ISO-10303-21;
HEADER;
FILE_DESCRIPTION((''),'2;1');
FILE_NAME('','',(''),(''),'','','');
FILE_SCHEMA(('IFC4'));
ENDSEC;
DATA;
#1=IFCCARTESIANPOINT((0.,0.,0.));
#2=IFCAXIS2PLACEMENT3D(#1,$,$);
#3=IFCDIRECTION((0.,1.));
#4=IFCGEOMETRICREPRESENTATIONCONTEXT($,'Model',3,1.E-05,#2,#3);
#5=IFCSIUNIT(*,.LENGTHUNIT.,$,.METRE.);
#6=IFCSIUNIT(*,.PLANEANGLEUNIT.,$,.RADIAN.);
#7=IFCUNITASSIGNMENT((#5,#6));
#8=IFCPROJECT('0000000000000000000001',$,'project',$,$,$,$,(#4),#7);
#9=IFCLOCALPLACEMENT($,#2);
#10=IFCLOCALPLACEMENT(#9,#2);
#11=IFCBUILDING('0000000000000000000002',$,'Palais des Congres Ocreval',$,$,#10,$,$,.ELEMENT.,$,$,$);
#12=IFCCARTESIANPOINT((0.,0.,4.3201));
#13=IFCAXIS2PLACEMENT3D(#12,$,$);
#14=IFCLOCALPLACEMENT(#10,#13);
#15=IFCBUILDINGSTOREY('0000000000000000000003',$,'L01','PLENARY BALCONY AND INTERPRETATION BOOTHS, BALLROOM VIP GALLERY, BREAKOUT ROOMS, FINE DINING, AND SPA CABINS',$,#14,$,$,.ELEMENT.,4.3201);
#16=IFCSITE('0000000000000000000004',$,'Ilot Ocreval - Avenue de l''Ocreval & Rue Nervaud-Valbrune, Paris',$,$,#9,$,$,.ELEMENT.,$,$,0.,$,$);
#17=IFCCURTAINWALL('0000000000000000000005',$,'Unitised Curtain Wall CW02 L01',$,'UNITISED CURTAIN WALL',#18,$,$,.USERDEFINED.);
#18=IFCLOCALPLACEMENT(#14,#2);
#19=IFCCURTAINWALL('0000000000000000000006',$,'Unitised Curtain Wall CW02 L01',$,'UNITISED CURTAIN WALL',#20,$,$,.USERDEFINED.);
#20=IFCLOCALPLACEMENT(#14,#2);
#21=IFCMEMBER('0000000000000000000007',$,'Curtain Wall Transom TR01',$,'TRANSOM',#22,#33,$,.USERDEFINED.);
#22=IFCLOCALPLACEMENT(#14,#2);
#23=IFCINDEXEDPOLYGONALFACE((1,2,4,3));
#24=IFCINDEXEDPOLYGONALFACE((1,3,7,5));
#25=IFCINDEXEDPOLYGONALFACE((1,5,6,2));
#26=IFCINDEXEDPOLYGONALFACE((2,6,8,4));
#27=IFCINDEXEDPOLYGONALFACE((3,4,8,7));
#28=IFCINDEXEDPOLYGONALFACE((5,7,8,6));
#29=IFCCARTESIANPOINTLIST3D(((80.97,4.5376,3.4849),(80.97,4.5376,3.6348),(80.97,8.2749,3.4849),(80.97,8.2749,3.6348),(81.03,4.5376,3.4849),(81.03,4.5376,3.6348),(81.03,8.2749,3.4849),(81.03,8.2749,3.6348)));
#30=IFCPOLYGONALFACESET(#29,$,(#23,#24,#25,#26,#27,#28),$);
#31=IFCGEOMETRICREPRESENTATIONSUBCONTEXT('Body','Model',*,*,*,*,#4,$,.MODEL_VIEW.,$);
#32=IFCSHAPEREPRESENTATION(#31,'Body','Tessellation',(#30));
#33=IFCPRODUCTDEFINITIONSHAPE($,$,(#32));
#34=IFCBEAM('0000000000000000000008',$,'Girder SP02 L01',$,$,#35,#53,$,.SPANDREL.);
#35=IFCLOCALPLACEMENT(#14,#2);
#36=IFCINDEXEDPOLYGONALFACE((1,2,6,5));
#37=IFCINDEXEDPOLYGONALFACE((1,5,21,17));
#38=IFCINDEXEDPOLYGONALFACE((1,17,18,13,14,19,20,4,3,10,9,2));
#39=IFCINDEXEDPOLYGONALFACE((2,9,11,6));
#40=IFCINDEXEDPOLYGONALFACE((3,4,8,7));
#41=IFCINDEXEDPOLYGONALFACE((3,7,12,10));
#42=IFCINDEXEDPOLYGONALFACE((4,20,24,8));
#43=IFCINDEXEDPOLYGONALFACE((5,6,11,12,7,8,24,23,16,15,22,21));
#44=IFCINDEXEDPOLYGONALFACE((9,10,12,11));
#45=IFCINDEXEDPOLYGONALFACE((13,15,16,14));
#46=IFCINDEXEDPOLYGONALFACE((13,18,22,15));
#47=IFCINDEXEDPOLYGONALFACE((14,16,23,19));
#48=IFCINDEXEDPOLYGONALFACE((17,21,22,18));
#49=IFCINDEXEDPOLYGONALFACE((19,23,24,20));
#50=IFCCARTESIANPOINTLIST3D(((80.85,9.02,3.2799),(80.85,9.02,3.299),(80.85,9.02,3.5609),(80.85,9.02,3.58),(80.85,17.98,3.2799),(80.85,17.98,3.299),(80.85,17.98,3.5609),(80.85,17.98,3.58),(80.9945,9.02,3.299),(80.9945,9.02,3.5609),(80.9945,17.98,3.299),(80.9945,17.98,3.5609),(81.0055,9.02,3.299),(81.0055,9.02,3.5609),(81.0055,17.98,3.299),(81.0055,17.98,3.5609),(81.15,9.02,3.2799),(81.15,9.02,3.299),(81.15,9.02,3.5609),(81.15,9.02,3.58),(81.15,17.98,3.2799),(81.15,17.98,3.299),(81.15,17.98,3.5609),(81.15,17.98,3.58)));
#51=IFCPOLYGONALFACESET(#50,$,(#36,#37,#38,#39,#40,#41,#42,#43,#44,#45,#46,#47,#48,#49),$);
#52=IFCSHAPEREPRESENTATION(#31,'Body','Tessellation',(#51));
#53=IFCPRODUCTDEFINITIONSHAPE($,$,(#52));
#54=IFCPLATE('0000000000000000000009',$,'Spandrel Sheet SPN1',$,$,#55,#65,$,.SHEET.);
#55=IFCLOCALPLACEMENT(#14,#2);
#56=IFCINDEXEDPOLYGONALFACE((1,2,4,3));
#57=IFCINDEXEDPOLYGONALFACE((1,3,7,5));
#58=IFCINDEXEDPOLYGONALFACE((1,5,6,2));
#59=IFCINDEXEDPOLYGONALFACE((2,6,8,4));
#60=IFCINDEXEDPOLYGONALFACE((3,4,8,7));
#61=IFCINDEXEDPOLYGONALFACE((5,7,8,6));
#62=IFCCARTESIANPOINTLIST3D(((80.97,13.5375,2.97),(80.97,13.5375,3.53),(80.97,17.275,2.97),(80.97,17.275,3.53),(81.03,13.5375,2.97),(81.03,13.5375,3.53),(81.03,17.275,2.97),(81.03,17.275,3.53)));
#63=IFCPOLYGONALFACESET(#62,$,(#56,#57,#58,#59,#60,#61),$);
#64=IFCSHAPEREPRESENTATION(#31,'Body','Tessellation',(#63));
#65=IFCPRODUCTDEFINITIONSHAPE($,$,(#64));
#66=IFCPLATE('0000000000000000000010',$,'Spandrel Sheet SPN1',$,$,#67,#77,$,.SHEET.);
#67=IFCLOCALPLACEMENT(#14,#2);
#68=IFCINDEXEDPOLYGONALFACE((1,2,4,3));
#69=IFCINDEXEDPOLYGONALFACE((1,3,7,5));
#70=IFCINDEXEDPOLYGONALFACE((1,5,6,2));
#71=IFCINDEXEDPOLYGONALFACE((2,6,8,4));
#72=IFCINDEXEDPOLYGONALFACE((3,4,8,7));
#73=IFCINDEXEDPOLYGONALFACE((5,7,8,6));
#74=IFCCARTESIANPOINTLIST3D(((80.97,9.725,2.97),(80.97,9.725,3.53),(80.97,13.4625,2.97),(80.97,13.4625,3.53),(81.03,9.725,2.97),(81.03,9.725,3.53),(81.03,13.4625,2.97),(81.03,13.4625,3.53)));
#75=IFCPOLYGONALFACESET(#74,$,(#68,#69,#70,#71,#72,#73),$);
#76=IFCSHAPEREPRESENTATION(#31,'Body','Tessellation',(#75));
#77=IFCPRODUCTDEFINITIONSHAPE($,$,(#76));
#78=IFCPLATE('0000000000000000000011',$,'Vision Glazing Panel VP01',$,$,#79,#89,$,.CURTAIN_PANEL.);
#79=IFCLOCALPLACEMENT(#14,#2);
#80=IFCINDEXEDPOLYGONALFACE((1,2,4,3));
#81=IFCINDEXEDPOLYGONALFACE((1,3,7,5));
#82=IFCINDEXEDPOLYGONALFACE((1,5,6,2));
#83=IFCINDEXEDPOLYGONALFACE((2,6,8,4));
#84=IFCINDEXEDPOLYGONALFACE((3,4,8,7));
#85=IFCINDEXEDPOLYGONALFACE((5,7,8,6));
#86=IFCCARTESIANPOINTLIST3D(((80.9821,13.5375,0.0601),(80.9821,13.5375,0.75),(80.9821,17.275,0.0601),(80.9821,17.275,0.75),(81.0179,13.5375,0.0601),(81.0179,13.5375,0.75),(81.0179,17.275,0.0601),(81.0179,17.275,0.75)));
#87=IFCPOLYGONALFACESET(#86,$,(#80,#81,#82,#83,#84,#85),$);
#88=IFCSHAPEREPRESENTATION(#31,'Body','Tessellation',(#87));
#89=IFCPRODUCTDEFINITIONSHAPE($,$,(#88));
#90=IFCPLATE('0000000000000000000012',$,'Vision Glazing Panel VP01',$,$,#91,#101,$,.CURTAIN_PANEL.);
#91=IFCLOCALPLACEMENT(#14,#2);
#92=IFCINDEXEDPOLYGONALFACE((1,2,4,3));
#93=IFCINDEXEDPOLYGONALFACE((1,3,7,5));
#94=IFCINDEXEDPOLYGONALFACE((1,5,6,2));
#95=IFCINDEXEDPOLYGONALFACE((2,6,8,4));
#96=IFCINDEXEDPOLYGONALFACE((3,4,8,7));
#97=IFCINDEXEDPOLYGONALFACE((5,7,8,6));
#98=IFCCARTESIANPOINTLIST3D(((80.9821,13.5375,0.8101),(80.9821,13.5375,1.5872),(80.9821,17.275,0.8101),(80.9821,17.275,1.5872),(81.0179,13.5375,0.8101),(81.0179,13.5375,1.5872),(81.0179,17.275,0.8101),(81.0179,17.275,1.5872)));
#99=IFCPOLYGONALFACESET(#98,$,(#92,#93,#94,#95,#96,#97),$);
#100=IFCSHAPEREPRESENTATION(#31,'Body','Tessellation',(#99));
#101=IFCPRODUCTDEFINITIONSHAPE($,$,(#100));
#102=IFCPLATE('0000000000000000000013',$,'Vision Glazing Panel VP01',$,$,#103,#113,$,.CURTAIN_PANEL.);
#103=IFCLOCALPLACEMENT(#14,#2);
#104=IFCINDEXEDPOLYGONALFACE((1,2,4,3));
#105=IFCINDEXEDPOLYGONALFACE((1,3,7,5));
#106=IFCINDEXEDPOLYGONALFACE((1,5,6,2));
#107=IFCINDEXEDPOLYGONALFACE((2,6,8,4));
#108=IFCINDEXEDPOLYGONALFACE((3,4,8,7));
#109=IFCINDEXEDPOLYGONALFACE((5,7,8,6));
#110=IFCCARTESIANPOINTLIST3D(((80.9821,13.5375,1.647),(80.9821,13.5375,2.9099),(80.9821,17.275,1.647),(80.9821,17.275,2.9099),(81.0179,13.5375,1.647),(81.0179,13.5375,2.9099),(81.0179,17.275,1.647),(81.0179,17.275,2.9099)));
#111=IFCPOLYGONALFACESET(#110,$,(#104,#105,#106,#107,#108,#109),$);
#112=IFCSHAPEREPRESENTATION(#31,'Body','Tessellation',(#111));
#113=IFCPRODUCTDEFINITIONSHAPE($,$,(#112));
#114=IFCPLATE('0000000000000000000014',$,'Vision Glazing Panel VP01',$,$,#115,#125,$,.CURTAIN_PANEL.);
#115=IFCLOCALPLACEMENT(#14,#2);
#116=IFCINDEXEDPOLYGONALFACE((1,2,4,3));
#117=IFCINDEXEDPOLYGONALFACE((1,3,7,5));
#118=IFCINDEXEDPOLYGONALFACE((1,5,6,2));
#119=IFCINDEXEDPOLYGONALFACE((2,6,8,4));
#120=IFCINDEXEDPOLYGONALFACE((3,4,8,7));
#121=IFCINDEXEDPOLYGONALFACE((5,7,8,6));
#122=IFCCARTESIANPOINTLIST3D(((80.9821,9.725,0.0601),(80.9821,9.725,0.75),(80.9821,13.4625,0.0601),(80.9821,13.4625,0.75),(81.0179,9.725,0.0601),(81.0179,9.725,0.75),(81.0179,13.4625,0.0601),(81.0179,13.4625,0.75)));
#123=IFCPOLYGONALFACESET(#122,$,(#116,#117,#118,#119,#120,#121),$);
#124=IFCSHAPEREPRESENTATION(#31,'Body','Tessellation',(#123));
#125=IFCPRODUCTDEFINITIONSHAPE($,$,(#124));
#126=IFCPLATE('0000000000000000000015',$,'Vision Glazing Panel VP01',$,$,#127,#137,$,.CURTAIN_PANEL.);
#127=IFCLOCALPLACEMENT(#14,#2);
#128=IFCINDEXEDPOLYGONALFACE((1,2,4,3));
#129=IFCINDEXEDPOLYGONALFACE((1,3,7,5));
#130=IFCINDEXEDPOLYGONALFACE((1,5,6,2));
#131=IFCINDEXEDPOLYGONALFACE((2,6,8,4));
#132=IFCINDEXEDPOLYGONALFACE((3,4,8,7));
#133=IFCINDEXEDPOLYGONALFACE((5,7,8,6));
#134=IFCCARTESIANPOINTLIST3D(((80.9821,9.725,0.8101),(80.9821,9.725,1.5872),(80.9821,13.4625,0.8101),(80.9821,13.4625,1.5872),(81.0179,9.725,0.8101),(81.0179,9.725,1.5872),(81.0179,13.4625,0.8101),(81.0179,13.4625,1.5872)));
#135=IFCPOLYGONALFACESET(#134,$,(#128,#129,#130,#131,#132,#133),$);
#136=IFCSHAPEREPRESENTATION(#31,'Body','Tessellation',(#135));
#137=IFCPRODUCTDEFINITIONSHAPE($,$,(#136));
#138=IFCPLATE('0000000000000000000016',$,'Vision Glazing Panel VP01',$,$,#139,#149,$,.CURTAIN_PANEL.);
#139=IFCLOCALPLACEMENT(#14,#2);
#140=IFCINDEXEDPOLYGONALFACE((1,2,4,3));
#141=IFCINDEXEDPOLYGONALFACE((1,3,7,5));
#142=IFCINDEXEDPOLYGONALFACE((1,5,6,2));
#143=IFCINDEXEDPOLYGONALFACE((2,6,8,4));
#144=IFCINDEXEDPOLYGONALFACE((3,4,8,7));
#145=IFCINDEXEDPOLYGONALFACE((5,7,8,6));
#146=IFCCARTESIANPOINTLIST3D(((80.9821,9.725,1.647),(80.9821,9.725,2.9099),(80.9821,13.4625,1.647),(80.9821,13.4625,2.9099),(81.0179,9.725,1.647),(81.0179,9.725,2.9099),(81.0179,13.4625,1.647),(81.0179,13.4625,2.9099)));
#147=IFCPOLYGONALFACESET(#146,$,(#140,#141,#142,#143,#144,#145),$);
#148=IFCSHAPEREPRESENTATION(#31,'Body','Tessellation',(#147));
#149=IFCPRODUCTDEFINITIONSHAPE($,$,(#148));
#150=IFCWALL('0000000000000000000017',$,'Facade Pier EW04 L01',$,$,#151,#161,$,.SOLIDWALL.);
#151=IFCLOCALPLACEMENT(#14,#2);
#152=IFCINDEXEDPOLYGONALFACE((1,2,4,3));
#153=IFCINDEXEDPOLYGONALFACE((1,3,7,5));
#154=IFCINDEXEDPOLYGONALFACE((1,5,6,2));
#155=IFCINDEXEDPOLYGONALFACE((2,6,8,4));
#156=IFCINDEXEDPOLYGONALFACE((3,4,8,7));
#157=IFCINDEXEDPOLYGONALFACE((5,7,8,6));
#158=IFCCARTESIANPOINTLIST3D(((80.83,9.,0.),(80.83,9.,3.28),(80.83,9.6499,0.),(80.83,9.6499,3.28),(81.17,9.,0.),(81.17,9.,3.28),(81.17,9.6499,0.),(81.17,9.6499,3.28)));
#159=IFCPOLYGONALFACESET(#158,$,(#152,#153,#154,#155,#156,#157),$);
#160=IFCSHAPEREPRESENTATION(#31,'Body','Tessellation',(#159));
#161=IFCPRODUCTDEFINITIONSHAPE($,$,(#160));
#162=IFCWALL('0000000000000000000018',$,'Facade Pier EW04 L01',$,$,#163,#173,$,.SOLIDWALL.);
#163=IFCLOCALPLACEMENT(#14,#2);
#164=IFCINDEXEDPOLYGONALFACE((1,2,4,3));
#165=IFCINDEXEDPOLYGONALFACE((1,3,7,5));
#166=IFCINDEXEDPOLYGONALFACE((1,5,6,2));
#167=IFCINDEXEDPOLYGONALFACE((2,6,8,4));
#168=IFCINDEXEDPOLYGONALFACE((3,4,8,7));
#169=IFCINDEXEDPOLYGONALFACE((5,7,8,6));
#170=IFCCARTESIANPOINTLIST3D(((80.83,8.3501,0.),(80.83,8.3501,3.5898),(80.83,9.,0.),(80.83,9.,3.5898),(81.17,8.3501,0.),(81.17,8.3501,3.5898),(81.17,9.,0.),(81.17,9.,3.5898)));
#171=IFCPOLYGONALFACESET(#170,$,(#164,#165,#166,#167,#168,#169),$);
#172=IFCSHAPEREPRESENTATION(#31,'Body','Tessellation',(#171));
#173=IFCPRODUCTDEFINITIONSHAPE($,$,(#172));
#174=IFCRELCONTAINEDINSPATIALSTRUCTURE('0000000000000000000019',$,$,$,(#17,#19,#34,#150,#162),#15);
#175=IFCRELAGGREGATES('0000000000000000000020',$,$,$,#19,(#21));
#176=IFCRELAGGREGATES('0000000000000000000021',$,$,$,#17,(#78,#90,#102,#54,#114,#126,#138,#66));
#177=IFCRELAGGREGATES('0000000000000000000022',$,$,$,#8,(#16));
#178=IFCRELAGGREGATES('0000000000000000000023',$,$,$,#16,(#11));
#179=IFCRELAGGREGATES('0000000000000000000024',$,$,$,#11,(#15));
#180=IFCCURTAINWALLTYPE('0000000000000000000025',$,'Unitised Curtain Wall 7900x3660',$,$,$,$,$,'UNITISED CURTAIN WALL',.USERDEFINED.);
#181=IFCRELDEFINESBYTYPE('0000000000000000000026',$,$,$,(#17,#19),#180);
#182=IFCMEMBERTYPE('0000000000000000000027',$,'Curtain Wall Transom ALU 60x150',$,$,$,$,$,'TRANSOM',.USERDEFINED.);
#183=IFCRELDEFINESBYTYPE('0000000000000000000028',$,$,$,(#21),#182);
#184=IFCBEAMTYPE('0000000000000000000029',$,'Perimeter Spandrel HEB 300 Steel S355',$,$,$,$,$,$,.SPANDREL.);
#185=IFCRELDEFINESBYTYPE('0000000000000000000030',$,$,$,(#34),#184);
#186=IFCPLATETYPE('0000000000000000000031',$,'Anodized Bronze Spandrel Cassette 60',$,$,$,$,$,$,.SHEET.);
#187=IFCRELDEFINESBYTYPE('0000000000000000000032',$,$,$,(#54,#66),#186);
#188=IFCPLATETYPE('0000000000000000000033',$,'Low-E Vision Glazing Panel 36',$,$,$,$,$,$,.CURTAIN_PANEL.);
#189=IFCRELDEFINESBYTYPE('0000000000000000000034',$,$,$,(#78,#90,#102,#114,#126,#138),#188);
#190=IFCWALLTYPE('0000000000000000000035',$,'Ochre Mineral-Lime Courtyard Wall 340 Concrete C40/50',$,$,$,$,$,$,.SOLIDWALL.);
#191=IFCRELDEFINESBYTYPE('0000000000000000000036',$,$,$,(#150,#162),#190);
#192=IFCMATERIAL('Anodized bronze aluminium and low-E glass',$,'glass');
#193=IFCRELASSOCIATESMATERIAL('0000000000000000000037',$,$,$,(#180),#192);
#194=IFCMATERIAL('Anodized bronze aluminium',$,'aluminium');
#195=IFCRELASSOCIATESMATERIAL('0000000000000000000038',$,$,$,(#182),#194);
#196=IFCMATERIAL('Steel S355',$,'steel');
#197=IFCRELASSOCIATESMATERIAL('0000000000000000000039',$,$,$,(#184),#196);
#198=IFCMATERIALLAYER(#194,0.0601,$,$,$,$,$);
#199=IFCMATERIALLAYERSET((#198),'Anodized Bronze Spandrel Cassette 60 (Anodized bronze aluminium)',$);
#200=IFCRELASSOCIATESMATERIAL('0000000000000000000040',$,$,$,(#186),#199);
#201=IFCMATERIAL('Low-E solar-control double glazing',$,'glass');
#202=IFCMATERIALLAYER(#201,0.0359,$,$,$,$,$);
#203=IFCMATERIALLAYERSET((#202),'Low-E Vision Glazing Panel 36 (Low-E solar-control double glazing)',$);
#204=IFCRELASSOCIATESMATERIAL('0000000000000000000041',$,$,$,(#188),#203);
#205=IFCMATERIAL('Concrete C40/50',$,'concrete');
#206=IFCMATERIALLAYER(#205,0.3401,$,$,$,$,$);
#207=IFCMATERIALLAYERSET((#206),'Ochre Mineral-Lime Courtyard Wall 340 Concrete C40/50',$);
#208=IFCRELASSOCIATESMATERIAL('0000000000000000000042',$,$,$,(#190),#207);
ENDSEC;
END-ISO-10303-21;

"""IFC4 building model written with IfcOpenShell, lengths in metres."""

from ifc_helpers import new_model, si_unit, direction, frame, frame_2d, origin, origin_2d, place, context, subcontext, project, spatial, rectangle, i_section, extrude, material, layer, layer_set, material_profile, profile_set, type_object, element, aggregate, save


model = new_model("IFC4")

# Units and contexts
model_context = context("Model", 3, precision=1e-05, world=origin(), true_north=direction((0.0, 1.0)))
body_context = subcontext(model_context, "Body", "Model", "MODEL_VIEW")
ifc_project = project(units=[si_unit("LENGTHUNIT", "METRE"), si_unit("PLANEANGLEUNIT", "RADIAN")], contexts=[model_context])

# Site, building, storey
site_placement = place(None, origin())
site = spatial("IfcSite", under=ifc_project, at=site_placement, Name="Ilot Ocreval - Avenue de l'Ocreval & Rue Nervaud-Valbrune, Paris", CompositionType="ELEMENT", RefElevation=0.0)
building_placement = place(site_placement, origin())
building = spatial("IfcBuilding", under=site, at=building_placement, Name="Palais des Congres Ocreval", CompositionType="ELEMENT")
storey_placement = place(building_placement, frame((0.0, 0.0, 4.3201)))
storey = spatial("IfcBuildingStorey", under=building, at=storey_placement, Name="L01", Description="PLENARY BALCONY AND INTERPRETATION BOOTHS, BALLROOM VIP GALLERY, BREAKOUT ROOMS, FINE DINING, AND SPA CABINS", CompositionType="ELEMENT", Elevation=4.3201)

# Shared definitions
ifc_material_1 = material(Name="Steel S355", Category="steel")

# Curtain wall
ifc_material_2 = material(Name="Anodized bronze aluminium and low-E glass", Category="glass")
curtain_wall_type = type_object("IfcCurtainWallType", Name="Unitised Curtain Wall 7900x3660", ElementType="UNITISED CURTAIN WALL", PredefinedType="USERDEFINED", material=ifc_material_2)
curtain_wall_1_placement = place(storey_placement, origin())
curtain_wall_1 = element("IfcCurtainWall", 1, at=curtain_wall_1_placement, inside=storey, type_object=curtain_wall_type, Name="Unitised Curtain Wall CW02 L01", ObjectType="UNITISED CURTAIN WALL", PredefinedType="USERDEFINED")
ifc_material_3 = material(Name="Anodized bronze aluminium", Category="aluminium")

# Curtain wall
curtain_wall_2_placement = place(storey_placement, origin())
curtain_wall_2 = element("IfcCurtainWall", 2, at=curtain_wall_2_placement, inside=storey, type_object=curtain_wall_type, Name="Unitised Curtain Wall CW02 L01", ObjectType="UNITISED CURTAIN WALL", PredefinedType="USERDEFINED")

# Member
ifc_material_profile_1 = material_profile(ifc_material_3, rectangle(XDim=0.0601, YDim=0.1499, at=origin_2d()), Name="ALU 60x150")
ifc_profile_set_1 = profile_set([ifc_material_profile_1], Name="Anodized bronze aluminium")
member_type_1 = type_object("IfcMemberType", Name="Curtain Wall Transom ALU 60x150", ElementType="TRANSOM", PredefinedType="USERDEFINED", material=ifc_profile_set_1)
member_1_placement = place(storey_placement, frame((81.0, 8.2749, 3.5598), z_axis=(0.0, -1.0, 0.0), x_axis=(1.0, 0.0, 0.0)))
member_1 = element("IfcMember", 3, at=member_1_placement, type_object=member_type_1, Name="Curtain Wall Transom TR01", ObjectType="TRANSOM", PredefinedType="USERDEFINED", context=body_context, shape_type="SweptSolid", body=[
    extrude(rectangle(XDim=0.0601, YDim=0.1499, at=origin_2d()), origin(), (0.0, 0.0, 1.0), 3.7373),
])
aggregate(curtain_wall_2, [member_1])

# Beam
ifc_material_profile_2 = material_profile(ifc_material_1, i_section(OverallWidth=0.3, OverallDepth=0.3, WebThickness=0.011, FlangeThickness=0.019, at=origin_2d()), Name="HEB 300")
ifc_profile_set_2 = profile_set([ifc_material_profile_2], Name="Steel S355")
beam_type = type_object("IfcBeamType", Name="Perimeter Spandrel HEB 300 Steel S355", PredefinedType="SPANDREL", material=ifc_profile_set_2)
beam_placement = place(storey_placement, frame((81.0, 9.02, 3.4299), z_axis=(0.0, 1.0, 0.0), x_axis=(-1.0, 0.0, 0.0)))
element("IfcBeam", 4, at=beam_placement, inside=storey, type_object=beam_type, Name="Girder SP02 L01", PredefinedType="SPANDREL", context=body_context, shape_type="SweptSolid", body=[
    extrude(i_section(OverallWidth=0.3, OverallDepth=0.3, WebThickness=0.011, FlangeThickness=0.019, at=origin_2d()), origin(), (0.0, 0.0, 1.0), 8.96),
])

# Plates
ifc_layer_1 = layer(ifc_material_3, 0.0601)
ifc_layer_set_1 = layer_set([ifc_layer_1], Name="Anodized Bronze Spandrel Cassette 60 (Anodized bronze aluminium)")
plate_type_1 = type_object("IfcPlateType", Name="Anodized Bronze Spandrel Cassette 60", PredefinedType="SHEET", material=ifc_layer_set_1)
plate_1_placement = place(storey_placement, frame((81.0, 15.4062, 2.97), z_axis=(0.0, 0.0, 1.0), x_axis=(0.0, -1.0, 0.0)))
plate_1 = element("IfcPlate", 5, at=plate_1_placement, type_object=plate_type_1, Name="Spandrel Sheet SPN1", PredefinedType="SHEET", context=body_context, shape_type="SweptSolid", body=[
    extrude(rectangle(XDim=3.7375, YDim=0.0601, at=origin_2d()), origin(), (0.0, 0.0, 1.0), 0.5601),
])
plate_2_placement = place(storey_placement, frame((81.0, 11.5938, 2.97), z_axis=(0.0, 0.0, 1.0), x_axis=(0.0, -1.0, 0.0)))
plate_2 = element("IfcPlate", 6, at=plate_2_placement, type_object=plate_type_1, Name="Spandrel Sheet SPN1", PredefinedType="SHEET", context=body_context, shape_type="SweptSolid", body=[
    extrude(rectangle(XDim=3.7375, YDim=0.0601, at=origin_2d()), origin(), (0.0, 0.0, 1.0), 0.5601),
])
ifc_material_4 = material(Name="Low-E solar-control double glazing", Category="glass")
ifc_layer_2 = layer(ifc_material_4, 0.0359)
ifc_layer_set_2 = layer_set([ifc_layer_2], Name="Low-E Vision Glazing Panel 36 (Low-E solar-control double glazing)")
plate_type_2 = type_object("IfcPlateType", Name="Low-E Vision Glazing Panel 36", PredefinedType="CURTAIN_PANEL", material=ifc_layer_set_2)
plate_3_placement = place(storey_placement, frame((81.0, 15.4062, 0.0601), z_axis=(0.0, 0.0, 1.0), x_axis=(0.0, -1.0, 0.0)))
plate_3 = element("IfcPlate", 7, at=plate_3_placement, type_object=plate_type_2, Name="Vision Glazing Panel VP01", PredefinedType="CURTAIN_PANEL", context=body_context, shape_type="SweptSolid", body=[
    extrude(rectangle(XDim=3.7375, YDim=0.0359, at=origin_2d()), origin(), (0.0, 0.0, 1.0), 0.6899),
])
plate_4_placement = place(storey_placement, frame((81.0, 15.4062, 0.8101), z_axis=(0.0, 0.0, 1.0), x_axis=(0.0, -1.0, 0.0)))
plate_4 = element("IfcPlate", 8, at=plate_4_placement, type_object=plate_type_2, Name="Vision Glazing Panel VP01", PredefinedType="CURTAIN_PANEL", context=body_context, shape_type="SweptSolid", body=[
    extrude(rectangle(XDim=3.7375, YDim=0.0359, at=origin_2d()), origin(), (0.0, 0.0, 1.0), 0.7771),
])
plate_5_placement = place(storey_placement, frame((81.0, 15.4062, 1.647), z_axis=(0.0, 0.0, 1.0), x_axis=(0.0, -1.0, 0.0)))
plate_5 = element("IfcPlate", 9, at=plate_5_placement, type_object=plate_type_2, Name="Vision Glazing Panel VP01", PredefinedType="CURTAIN_PANEL", context=body_context, shape_type="SweptSolid", body=[
    extrude(rectangle(XDim=3.7375, YDim=0.0359, at=origin_2d()), origin(), (0.0, 0.0, 1.0), 1.2629),
])
plate_6_placement = place(storey_placement, frame((81.0, 11.5938, 0.0601), z_axis=(0.0, 0.0, 1.0), x_axis=(0.0, -1.0, 0.0)))
plate_6 = element("IfcPlate", 10, at=plate_6_placement, type_object=plate_type_2, Name="Vision Glazing Panel VP01", PredefinedType="CURTAIN_PANEL", context=body_context, shape_type="SweptSolid", body=[
    extrude(rectangle(XDim=3.7375, YDim=0.0359, at=origin_2d()), origin(), (0.0, 0.0, 1.0), 0.6899),
])
plate_7_placement = place(storey_placement, frame((81.0, 11.5938, 0.8101), z_axis=(0.0, 0.0, 1.0), x_axis=(0.0, -1.0, 0.0)))
plate_7 = element("IfcPlate", 11, at=plate_7_placement, type_object=plate_type_2, Name="Vision Glazing Panel VP01", PredefinedType="CURTAIN_PANEL", context=body_context, shape_type="SweptSolid", body=[
    extrude(rectangle(XDim=3.7375, YDim=0.0359, at=origin_2d()), origin(), (0.0, 0.0, 1.0), 0.7771),
])
plate_8_placement = place(storey_placement, frame((81.0, 11.5938, 1.647), z_axis=(0.0, 0.0, 1.0), x_axis=(0.0, -1.0, 0.0)))
plate_8 = element("IfcPlate", 12, at=plate_8_placement, type_object=plate_type_2, Name="Vision Glazing Panel VP01", PredefinedType="CURTAIN_PANEL", context=body_context, shape_type="SweptSolid", body=[
    extrude(rectangle(XDim=3.7375, YDim=0.0359, at=origin_2d()), origin(), (0.0, 0.0, 1.0), 1.2629),
])
aggregate(curtain_wall_1, [plate_3, plate_4, plate_5, plate_1, plate_6, plate_7, plate_8, plate_2])

# Walls
ifc_material_5 = material(Name="Concrete C40/50", Category="concrete")
ifc_layer_3 = layer(ifc_material_5, 0.3401)
ifc_layer_set_3 = layer_set([ifc_layer_3], Name="Ochre Mineral-Lime Courtyard Wall 340 Concrete C40/50")
wall_type = type_object("IfcWallType", Name="Ochre Mineral-Lime Courtyard Wall 340 Concrete C40/50", PredefinedType="SOLIDWALL", material=ifc_layer_set_3)
wall_1_placement = place(storey_placement, frame((81.0, 9.6499, 0.0), z_axis=(0.0, 0.0, 1.0), x_axis=(0.0, -1.0, 0.0)))
element("IfcWall", 13, at=wall_1_placement, inside=storey, type_object=wall_type, Name="Facade Pier EW04 L01", PredefinedType="SOLIDWALL", context=body_context, shape_type="SweptSolid", body=[
    extrude(rectangle(XDim=0.6499, YDim=0.3401, at=frame_2d((0.325, 0.0))), origin(), (0.0, 0.0, 1.0), 3.28),
])
wall_2_placement = place(storey_placement, frame((81.0, 9.0, 0.0), z_axis=(0.0, 0.0, 1.0), x_axis=(0.0, -1.0, 0.0)))
element("IfcWall", 14, at=wall_2_placement, inside=storey, type_object=wall_type, Name="Facade Pier EW04 L01", PredefinedType="SOLIDWALL", context=body_context, shape_type="SweptSolid", body=[
    extrude(rectangle(XDim=0.6499, YDim=0.3401, at=frame_2d((0.325, 0.0))), origin(), (0.0, 0.0, 1.0), 3.5898),
])

save(model, "model.ifc")
